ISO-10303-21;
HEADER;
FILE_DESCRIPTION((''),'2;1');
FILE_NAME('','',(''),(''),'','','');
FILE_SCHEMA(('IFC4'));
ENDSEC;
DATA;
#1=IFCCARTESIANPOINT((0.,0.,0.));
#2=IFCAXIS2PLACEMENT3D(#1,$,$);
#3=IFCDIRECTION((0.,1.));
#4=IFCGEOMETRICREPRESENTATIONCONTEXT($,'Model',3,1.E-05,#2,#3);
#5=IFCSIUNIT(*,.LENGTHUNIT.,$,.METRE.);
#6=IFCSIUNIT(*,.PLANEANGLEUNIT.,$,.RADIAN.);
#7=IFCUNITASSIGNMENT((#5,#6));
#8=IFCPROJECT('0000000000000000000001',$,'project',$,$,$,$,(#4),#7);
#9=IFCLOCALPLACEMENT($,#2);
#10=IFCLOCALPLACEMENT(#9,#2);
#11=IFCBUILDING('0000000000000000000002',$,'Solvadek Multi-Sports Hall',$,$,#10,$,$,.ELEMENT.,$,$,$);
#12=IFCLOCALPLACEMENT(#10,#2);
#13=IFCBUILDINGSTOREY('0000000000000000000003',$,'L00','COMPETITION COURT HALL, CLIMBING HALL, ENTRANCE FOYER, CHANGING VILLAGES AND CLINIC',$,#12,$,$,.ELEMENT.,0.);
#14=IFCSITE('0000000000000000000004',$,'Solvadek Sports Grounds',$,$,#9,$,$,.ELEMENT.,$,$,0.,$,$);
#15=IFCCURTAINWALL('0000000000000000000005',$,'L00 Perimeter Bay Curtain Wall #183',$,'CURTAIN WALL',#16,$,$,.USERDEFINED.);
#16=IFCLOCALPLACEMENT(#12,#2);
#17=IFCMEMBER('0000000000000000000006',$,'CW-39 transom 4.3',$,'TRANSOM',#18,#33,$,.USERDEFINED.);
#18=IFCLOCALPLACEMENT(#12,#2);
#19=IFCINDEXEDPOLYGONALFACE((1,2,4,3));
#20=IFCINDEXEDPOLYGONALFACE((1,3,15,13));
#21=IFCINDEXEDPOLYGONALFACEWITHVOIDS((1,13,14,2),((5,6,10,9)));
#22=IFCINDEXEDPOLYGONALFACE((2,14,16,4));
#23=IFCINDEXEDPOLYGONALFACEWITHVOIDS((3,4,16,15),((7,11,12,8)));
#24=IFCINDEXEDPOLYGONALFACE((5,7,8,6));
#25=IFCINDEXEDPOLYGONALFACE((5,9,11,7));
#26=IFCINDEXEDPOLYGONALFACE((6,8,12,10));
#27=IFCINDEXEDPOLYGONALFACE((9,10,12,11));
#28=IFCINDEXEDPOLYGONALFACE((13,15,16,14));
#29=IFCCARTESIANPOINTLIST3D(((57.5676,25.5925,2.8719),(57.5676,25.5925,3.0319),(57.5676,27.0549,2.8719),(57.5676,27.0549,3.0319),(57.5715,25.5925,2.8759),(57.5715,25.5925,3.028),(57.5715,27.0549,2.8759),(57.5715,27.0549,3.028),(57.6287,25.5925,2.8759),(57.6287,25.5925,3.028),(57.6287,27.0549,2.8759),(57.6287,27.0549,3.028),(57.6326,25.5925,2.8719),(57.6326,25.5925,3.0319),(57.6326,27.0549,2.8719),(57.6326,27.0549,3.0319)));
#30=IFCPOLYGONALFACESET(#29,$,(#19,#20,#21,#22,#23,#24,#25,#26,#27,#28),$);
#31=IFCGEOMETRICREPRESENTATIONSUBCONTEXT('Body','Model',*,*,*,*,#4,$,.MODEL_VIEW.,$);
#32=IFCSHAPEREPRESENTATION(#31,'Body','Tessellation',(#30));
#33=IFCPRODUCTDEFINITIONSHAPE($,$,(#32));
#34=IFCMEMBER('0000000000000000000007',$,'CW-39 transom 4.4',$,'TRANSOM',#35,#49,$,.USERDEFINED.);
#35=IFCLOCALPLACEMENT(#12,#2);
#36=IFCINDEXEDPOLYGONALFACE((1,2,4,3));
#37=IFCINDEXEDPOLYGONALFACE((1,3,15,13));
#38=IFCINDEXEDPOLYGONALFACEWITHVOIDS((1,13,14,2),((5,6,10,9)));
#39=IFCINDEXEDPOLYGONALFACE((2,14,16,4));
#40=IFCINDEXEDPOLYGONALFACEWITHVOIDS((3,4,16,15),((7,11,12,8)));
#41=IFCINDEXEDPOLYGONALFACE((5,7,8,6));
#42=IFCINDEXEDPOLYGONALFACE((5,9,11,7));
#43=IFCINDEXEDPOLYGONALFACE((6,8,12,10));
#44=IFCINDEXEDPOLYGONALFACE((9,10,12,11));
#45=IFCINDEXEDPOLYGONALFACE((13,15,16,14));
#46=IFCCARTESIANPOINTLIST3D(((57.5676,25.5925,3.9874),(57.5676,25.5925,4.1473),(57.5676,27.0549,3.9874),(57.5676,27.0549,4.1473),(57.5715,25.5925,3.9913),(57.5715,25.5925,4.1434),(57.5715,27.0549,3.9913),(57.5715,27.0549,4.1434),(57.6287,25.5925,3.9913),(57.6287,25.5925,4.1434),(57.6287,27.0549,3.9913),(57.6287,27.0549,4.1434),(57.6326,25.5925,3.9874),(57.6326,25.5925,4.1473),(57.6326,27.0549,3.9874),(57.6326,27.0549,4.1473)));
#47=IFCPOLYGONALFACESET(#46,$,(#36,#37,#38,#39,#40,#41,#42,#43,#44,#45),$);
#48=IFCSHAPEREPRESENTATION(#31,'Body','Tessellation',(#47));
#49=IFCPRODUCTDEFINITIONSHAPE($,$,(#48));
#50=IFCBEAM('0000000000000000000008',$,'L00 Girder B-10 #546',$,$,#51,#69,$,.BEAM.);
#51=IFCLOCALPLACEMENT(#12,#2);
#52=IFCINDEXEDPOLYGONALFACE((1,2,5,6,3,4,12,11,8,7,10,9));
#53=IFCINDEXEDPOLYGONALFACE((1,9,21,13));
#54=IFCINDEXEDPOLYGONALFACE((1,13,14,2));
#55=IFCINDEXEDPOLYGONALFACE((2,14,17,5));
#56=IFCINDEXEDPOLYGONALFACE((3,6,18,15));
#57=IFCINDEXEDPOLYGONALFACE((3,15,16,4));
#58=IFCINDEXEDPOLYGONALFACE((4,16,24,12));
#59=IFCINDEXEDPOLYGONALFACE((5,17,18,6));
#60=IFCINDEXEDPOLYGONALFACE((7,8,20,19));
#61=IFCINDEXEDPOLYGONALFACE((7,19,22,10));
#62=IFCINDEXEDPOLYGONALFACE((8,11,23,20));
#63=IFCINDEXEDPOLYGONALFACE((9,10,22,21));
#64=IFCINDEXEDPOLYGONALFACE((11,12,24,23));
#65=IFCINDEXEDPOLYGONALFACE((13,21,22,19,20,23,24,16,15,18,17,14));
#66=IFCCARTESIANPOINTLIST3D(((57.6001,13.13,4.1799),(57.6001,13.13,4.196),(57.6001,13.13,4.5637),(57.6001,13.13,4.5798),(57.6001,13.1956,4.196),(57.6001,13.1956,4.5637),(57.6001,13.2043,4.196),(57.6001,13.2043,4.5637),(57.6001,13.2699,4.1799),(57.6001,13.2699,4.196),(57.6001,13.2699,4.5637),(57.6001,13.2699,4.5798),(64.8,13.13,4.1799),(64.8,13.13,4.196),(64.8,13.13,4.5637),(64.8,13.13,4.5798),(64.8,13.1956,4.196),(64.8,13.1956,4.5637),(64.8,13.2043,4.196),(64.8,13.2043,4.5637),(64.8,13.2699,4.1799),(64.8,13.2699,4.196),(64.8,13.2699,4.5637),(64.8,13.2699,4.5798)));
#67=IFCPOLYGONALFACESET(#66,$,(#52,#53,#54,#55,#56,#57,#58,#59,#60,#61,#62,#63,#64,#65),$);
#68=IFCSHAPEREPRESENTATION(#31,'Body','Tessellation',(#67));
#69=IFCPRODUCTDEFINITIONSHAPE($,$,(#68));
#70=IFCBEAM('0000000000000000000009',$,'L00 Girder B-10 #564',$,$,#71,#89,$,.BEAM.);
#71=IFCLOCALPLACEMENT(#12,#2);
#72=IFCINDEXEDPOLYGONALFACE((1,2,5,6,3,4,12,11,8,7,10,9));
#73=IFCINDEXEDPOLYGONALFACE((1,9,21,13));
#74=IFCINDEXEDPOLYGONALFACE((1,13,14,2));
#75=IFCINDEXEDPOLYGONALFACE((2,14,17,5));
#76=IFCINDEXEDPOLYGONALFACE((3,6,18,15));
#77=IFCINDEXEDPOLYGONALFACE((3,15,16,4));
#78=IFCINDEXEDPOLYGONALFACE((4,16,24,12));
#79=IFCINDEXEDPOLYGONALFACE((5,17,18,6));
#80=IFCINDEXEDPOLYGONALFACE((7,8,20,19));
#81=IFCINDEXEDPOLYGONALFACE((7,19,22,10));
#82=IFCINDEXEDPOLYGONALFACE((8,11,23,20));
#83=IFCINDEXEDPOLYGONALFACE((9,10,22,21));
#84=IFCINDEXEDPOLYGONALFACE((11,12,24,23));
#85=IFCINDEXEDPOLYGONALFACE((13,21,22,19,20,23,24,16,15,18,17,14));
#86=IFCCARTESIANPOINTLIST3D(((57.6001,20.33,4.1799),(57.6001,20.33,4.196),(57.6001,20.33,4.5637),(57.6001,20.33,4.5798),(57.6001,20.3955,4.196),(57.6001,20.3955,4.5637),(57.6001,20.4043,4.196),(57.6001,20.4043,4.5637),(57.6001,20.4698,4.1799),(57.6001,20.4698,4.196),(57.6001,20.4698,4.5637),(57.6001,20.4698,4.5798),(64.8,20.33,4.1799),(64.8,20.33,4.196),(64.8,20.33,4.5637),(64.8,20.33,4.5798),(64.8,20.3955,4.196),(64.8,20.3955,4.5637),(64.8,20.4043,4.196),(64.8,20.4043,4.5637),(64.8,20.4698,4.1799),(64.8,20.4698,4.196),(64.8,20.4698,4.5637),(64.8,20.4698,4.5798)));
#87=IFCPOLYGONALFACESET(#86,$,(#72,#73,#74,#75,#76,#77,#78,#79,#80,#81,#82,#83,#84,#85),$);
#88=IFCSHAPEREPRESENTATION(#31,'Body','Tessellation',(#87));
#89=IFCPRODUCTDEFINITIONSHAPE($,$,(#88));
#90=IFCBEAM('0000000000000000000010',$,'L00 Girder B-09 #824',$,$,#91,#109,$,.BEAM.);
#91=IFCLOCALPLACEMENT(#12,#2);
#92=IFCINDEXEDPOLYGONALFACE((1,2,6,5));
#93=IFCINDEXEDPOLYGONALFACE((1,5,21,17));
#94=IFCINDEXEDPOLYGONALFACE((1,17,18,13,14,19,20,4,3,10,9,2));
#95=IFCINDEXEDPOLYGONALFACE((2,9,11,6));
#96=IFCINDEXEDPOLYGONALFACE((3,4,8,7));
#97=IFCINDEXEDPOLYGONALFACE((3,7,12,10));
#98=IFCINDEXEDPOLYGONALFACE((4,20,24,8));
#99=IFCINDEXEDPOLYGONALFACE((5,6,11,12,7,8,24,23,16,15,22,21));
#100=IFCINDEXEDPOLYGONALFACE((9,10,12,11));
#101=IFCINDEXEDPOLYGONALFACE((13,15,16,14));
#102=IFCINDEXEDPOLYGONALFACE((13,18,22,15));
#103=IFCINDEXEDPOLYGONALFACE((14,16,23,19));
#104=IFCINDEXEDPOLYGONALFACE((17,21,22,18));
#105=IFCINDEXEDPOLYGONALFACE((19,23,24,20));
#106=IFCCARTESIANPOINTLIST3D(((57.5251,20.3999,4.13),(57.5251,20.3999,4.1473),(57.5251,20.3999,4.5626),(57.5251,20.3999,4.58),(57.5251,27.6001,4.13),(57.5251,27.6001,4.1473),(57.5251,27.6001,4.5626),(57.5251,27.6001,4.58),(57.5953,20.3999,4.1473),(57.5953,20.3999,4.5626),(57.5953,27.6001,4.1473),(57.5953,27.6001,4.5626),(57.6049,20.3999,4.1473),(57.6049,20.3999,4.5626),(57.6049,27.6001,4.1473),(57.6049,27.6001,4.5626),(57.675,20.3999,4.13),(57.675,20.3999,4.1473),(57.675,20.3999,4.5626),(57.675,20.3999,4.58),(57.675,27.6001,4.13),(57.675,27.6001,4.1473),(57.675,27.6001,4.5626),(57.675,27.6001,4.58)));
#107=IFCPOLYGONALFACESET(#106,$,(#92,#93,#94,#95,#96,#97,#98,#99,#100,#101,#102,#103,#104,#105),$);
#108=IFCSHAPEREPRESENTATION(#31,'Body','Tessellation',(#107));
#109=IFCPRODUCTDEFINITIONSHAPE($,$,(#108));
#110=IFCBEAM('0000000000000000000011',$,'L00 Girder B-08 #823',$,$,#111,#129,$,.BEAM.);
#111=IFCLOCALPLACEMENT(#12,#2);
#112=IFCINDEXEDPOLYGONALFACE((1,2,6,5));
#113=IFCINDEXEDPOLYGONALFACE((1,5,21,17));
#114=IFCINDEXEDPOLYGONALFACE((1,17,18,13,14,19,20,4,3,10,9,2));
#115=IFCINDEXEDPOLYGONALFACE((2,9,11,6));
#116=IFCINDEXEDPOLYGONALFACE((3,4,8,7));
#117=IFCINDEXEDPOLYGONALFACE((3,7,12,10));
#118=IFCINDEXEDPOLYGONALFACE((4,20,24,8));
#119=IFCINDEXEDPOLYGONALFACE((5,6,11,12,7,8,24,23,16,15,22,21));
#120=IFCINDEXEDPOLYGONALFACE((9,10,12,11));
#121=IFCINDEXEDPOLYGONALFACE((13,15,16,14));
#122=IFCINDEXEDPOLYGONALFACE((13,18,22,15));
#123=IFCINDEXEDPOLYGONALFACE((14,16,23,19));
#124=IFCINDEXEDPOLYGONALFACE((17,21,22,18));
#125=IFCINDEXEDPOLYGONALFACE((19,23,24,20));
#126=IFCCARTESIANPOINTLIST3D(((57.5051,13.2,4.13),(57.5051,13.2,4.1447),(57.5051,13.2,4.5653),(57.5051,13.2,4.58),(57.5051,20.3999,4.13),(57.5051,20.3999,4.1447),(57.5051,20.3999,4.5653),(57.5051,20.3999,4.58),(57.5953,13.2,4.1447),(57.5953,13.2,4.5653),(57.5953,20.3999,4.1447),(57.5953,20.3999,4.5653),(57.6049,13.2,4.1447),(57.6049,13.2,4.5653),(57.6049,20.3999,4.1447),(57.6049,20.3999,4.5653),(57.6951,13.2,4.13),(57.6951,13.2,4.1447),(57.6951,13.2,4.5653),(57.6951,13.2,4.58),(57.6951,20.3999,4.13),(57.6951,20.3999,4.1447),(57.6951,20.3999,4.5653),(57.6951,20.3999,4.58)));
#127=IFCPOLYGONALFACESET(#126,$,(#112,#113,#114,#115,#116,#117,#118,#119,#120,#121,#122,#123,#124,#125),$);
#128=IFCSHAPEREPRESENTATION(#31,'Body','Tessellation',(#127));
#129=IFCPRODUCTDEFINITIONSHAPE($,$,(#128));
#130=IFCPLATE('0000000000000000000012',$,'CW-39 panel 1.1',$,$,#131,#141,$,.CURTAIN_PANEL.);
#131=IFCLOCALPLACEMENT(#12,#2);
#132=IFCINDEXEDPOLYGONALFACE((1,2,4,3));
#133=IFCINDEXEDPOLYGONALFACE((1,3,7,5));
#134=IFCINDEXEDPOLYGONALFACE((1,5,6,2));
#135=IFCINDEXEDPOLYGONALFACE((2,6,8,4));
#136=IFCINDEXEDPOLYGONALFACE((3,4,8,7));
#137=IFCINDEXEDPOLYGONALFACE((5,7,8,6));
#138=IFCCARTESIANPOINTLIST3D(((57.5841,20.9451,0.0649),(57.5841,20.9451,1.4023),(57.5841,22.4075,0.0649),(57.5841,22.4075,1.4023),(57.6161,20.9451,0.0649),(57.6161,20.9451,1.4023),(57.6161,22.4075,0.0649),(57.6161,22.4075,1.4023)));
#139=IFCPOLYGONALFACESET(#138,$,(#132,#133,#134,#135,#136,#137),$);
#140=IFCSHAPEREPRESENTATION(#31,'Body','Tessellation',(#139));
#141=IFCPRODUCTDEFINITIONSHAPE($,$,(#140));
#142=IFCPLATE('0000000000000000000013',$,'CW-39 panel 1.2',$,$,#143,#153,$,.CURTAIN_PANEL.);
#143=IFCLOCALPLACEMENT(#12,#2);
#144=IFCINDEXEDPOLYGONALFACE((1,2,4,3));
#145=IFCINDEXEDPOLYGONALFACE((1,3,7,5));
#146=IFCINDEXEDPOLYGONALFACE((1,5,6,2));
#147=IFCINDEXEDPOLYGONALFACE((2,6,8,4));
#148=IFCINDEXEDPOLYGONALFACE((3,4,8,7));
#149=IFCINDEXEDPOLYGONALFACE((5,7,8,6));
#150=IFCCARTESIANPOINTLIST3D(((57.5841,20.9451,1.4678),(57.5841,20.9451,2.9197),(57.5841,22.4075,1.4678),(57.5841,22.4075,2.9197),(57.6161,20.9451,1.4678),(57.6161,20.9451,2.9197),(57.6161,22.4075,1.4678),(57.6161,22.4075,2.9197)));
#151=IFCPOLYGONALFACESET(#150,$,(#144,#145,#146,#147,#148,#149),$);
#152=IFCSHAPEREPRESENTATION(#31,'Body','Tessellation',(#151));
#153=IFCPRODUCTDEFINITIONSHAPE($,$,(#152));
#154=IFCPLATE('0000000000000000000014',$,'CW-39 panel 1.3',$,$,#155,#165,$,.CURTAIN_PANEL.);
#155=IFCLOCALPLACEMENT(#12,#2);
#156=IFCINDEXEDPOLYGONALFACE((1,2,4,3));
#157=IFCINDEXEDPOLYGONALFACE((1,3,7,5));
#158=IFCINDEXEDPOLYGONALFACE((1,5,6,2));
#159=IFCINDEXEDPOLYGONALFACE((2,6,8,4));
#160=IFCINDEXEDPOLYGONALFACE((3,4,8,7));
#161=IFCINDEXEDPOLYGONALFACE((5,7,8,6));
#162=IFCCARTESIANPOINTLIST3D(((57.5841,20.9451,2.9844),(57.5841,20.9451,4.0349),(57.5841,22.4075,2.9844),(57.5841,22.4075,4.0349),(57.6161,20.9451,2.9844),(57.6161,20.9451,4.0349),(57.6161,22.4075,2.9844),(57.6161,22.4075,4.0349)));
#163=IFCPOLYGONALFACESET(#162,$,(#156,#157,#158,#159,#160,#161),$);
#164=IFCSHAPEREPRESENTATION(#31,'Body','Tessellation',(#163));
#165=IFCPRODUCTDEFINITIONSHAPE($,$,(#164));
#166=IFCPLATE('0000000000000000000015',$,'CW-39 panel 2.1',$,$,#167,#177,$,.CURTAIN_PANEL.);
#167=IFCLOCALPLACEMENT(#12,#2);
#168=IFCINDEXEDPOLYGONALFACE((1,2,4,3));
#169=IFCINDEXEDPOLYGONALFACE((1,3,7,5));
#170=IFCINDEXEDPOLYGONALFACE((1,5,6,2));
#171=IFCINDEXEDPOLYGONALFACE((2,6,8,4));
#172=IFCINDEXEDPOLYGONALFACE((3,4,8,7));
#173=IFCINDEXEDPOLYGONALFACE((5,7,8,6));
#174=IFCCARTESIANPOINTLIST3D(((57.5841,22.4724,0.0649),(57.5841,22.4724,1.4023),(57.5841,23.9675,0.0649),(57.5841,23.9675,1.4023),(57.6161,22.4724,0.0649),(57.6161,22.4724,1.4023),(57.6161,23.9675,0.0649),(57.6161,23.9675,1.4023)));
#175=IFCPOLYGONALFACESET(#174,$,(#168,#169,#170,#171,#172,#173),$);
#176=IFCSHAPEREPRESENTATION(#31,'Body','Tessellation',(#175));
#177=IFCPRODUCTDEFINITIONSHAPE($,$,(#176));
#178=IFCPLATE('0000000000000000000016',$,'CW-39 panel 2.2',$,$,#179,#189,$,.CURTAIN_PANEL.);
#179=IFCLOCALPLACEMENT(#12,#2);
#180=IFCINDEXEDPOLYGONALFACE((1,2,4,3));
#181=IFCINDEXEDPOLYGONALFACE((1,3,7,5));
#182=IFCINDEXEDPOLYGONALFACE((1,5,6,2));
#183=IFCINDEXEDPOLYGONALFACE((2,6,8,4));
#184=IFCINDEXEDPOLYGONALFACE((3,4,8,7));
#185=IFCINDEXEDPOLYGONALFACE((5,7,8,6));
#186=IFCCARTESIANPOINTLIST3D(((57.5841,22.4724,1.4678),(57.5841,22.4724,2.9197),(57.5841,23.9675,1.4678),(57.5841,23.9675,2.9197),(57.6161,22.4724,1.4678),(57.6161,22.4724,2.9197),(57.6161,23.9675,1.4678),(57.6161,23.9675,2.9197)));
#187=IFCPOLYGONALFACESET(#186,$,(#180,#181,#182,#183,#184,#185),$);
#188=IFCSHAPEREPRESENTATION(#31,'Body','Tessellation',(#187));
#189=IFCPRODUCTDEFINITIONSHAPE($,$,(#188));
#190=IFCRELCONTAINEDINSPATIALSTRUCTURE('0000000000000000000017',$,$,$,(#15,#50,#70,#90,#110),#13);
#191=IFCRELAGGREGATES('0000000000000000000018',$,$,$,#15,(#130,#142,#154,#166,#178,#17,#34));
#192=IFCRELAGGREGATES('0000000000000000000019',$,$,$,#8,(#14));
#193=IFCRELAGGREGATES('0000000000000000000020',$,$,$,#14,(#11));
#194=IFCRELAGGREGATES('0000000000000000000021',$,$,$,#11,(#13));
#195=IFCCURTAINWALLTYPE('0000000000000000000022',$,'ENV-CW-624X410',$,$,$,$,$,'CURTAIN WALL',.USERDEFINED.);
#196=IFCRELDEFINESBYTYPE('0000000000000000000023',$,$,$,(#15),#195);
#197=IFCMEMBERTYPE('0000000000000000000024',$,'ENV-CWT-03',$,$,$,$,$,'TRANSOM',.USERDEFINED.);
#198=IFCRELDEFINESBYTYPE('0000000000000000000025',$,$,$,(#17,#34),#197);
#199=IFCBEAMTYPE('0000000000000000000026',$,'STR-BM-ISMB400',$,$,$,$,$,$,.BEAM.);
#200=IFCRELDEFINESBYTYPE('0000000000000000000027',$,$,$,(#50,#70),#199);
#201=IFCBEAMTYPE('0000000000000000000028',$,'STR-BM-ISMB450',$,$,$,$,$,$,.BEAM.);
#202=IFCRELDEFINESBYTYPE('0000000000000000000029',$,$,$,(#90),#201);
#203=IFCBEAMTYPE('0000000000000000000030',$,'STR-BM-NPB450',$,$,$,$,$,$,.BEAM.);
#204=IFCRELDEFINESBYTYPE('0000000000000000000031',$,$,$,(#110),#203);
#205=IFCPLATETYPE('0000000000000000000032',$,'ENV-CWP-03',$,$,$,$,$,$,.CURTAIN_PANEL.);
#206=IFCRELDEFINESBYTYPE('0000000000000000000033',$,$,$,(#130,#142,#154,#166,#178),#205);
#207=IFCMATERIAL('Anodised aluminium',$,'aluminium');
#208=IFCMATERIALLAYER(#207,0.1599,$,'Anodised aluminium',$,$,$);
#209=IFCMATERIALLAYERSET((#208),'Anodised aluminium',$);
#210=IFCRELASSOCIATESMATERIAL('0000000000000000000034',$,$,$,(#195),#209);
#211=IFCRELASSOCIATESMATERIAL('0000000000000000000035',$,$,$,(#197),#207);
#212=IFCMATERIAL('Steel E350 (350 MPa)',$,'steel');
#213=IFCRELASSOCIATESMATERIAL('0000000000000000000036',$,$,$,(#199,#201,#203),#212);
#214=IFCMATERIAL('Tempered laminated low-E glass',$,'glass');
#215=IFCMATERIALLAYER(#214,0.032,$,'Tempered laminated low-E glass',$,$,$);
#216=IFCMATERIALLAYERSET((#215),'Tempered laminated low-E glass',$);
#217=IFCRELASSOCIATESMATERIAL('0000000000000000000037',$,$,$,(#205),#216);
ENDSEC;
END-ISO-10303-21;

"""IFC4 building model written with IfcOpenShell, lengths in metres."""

from ifc_helpers import new_model, si_unit, direction, frame, origin, origin_2d, place, context, subcontext, project, spatial, rectangle, hollow_rectangle, i_section, extrude, material, layer, layer_set, material_profile, profile_set, type_object, element, aggregate, save


model = new_model("IFC4")

# Units and contexts
model_context = context("Model", 3, precision=1e-05, world=origin(), true_north=direction((0.0, 1.0)))
body_context = subcontext(model_context, "Body", "Model", "MODEL_VIEW")
ifc_project = project(units=[si_unit("LENGTHUNIT", "METRE"), si_unit("PLANEANGLEUNIT", "RADIAN")], contexts=[model_context])

# Site, building, storey
site_placement = place(None, origin())
site = spatial("IfcSite", under=ifc_project, at=site_placement, Name="Solvadek Sports Grounds", CompositionType="ELEMENT", RefElevation=0.0)
building_placement = place(site_placement, origin())
building = spatial("IfcBuilding", under=site, at=building_placement, Name="Solvadek Multi-Sports Hall", CompositionType="ELEMENT")
storey_placement = place(building_placement, origin())
storey = spatial("IfcBuildingStorey", under=building, at=storey_placement, Name="L00", Description="COMPETITION COURT HALL, CLIMBING HALL, ENTRANCE FOYER, CHANGING VILLAGES AND CLINIC", CompositionType="ELEMENT", Elevation=0.0)

# Shared definitions
ifc_material_1 = material(Name="Steel E350 (350 MPa)", Category="steel")

# Shared definitions
ifc_material_2 = material(Name="Anodised aluminium", Category="aluminium")

# Curtain wall, members
ifc_layer_1 = layer(ifc_material_2, 0.1599, Name="Anodised aluminium")
ifc_layer_set_1 = layer_set([ifc_layer_1], Name="Anodised aluminium")
curtain_wall_type_1 = type_object("IfcCurtainWallType", Name="ENV-CW-624X410", ElementType="CURTAIN WALL", PredefinedType="USERDEFINED", material=ifc_layer_set_1)
curtain_wall_1_placement = place(storey_placement, origin())
curtain_wall_1 = element("IfcCurtainWall", 1, at=curtain_wall_1_placement, inside=storey, type_object=curtain_wall_type_1, Name="L00 Perimeter Bay Curtain Wall #183", ObjectType="CURTAIN WALL", PredefinedType="USERDEFINED")
ifc_material_profile_1 = material_profile(ifc_material_2, hollow_rectangle(XDim=0.0649, YDim=0.1599, WallThickness=0.0039, at=origin_2d()), Name="ALU-T 160x65x4")
ifc_profile_set_1 = profile_set([ifc_material_profile_1], Name="Anodised aluminium")
member_type_1 = type_object("IfcMemberType", Name="ENV-CWT-03", ElementType="TRANSOM", PredefinedType="USERDEFINED", material=ifc_profile_set_1)
member_1_placement = place(storey_placement, frame((57.6001, 25.5925, 2.9519), z_axis=(0.0, 1.0, 0.0), x_axis=(-1.0, 0.0, 0.0)))
member_1 = element("IfcMember", 2, at=member_1_placement, type_object=member_type_1, Name="CW-39 transom 4.3", ObjectType="TRANSOM", PredefinedType="USERDEFINED", context=body_context, shape_type="SweptSolid", body=[
    extrude(hollow_rectangle(XDim=0.0649, YDim=0.1599, WallThickness=0.0039, at=origin_2d()), origin(), (0.0, 0.0, 1.0), 1.4624),
])
member_2_placement = place(storey_placement, frame((57.6001, 25.5925, 4.0674), z_axis=(0.0, 1.0, 0.0), x_axis=(-1.0, 0.0, 0.0)))
member_2 = element("IfcMember", 3, at=member_2_placement, type_object=member_type_1, Name="CW-39 transom 4.4", ObjectType="TRANSOM", PredefinedType="USERDEFINED", context=body_context, shape_type="SweptSolid", body=[
    extrude(hollow_rectangle(XDim=0.0649, YDim=0.1599, WallThickness=0.0039, at=origin_2d()), origin(), (0.0, 0.0, 1.0), 1.4624),
])

# Beams
ifc_material_profile_2 = material_profile(ifc_material_1, i_section(OverallWidth=0.1399, OverallDepth=0.3999, WebThickness=0.0088, FlangeThickness=0.0161, at=origin_2d()), Name="ISMB 400")
ifc_profile_set_2 = profile_set([ifc_material_profile_2], Name="Steel E350 (350 MPa)")
beam_type_1 = type_object("IfcBeamType", Name="STR-BM-ISMB400", PredefinedType="BEAM", material=ifc_profile_set_2)
for number, where, z_axis, x_axis, name in (
    (4, (57.6001, 13.2, 4.3799), (1.0, 0.0, 0.0), (0.0, 1.0, 0.0), "L00 Girder B-10 #546"),
    (5, (57.6001, 20.3999, 4.3799), (1.0, 0.0, 0.0), (0.0, 1.0, 0.0), "L00 Girder B-10 #564"),
):
    element("IfcBeam", number, at=place(storey_placement, frame(where, z_axis=z_axis, x_axis=x_axis)), inside=storey, type_object=beam_type_1, Name=name, PredefinedType="BEAM", context=body_context, shape_type="SweptSolid", body=[
        extrude(i_section(OverallWidth=0.1399, OverallDepth=0.3999, WebThickness=0.0088, FlangeThickness=0.0161, at=origin_2d()), origin(), (0.0, 0.0, 1.0), 7.2),
    ])
ifc_material_profile_3 = material_profile(ifc_material_1, i_section(OverallWidth=0.1499, OverallDepth=0.45, WebThickness=0.0095, FlangeThickness=0.0173, at=origin_2d()), Name="ISMB 450")
ifc_profile_set_3 = profile_set([ifc_material_profile_3], Name="Steel E350 (350 MPa)")
beam_type_2 = type_object("IfcBeamType", Name="STR-BM-ISMB450", PredefinedType="BEAM", material=ifc_profile_set_3)
beam_1_placement = place(storey_placement, frame((57.6001, 20.3999, 4.355), z_axis=(0.0, 1.0, 0.0), x_axis=(-1.0, 0.0, 0.0)))
element("IfcBeam", 6, at=beam_1_placement, inside=storey, type_object=beam_type_2, Name="L00 Girder B-09 #824", PredefinedType="BEAM", context=body_context, shape_type="SweptSolid", body=[
    extrude(i_section(OverallWidth=0.1499, OverallDepth=0.45, WebThickness=0.0095, FlangeThickness=0.0173, at=origin_2d()), origin(), (0.0, 0.0, 1.0), 7.2002),
])
ifc_material_profile_4 = material_profile(ifc_material_1, i_section(OverallWidth=0.1899, OverallDepth=0.45, WebThickness=0.0095, FlangeThickness=0.0146, at=origin_2d()), Name="NPB 450")
ifc_profile_set_4 = profile_set([ifc_material_profile_4], Name="Steel E350 (350 MPa)")
beam_type_3 = type_object("IfcBeamType", Name="STR-BM-NPB450", PredefinedType="BEAM", material=ifc_profile_set_4)
beam_2_placement = place(storey_placement, frame((57.6001, 13.2, 4.355), z_axis=(0.0, 1.0, 0.0), x_axis=(-1.0, 0.0, 0.0)))
element("IfcBeam", 7, at=beam_2_placement, inside=storey, type_object=beam_type_3, Name="L00 Girder B-08 #823", PredefinedType="BEAM", context=body_context, shape_type="SweptSolid", body=[
    extrude(i_section(OverallWidth=0.1899, OverallDepth=0.45, WebThickness=0.0095, FlangeThickness=0.0146, at=origin_2d()), origin(), (0.0, 0.0, 1.0), 7.2),
])

# Plates
ifc_material_3 = material(Name="Tempered laminated low-E glass", Category="glass")
ifc_layer_2 = layer(ifc_material_3, 0.032, Name="Tempered laminated low-E glass")
ifc_layer_set_2 = layer_set([ifc_layer_2], Name="Tempered laminated low-E glass")
plate_type = type_object("IfcPlateType", Name="ENV-CWP-03", PredefinedType="CURTAIN_PANEL", material=ifc_layer_set_2)
plate_1_placement = place(storey_placement, frame((57.6001, 21.6763, 0.0649), z_axis=(0.0, 0.0, 1.0), x_axis=(0.0, 1.0, 0.0)))
plate_1 = element("IfcPlate", 8, at=plate_1_placement, type_object=plate_type, Name="CW-39 panel 1.1", PredefinedType="CURTAIN_PANEL", context=body_context, shape_type="SweptSolid", body=[
    extrude(rectangle(XDim=1.4624, YDim=0.032, at=origin_2d()), origin(), (0.0, 0.0, 1.0), 1.3374),
])
plate_2_placement = place(storey_placement, frame((57.6001, 21.6763, 1.4678), z_axis=(0.0, 0.0, 1.0), x_axis=(0.0, 1.0, 0.0)))
plate_2 = element("IfcPlate", 9, at=plate_2_placement, type_object=plate_type, Name="CW-39 panel 1.2", PredefinedType="CURTAIN_PANEL", context=body_context, shape_type="SweptSolid", body=[
    extrude(rectangle(XDim=1.4624, YDim=0.032, at=origin_2d()), origin(), (0.0, 0.0, 1.0), 1.4519),
])
plate_3_placement = place(storey_placement, frame((57.6001, 21.6763, 2.9844), z_axis=(0.0, 0.0, 1.0), x_axis=(0.0, 1.0, 0.0)))
plate_3 = element("IfcPlate", 10, at=plate_3_placement, type_object=plate_type, Name="CW-39 panel 1.3", PredefinedType="CURTAIN_PANEL", context=body_context, shape_type="SweptSolid", body=[
    extrude(rectangle(XDim=1.4624, YDim=0.032, at=origin_2d()), origin(), (0.0, 0.0, 1.0), 1.0505),
])
plate_4_placement = place(storey_placement, frame((57.6001, 23.22, 0.0649), z_axis=(0.0, 0.0, 1.0), x_axis=(0.0, 1.0, 0.0)))
plate_4 = element("IfcPlate", 11, at=plate_4_placement, type_object=plate_type, Name="CW-39 panel 2.1", PredefinedType="CURTAIN_PANEL", context=body_context, shape_type="SweptSolid", body=[
    extrude(rectangle(XDim=1.4951, YDim=0.032, at=origin_2d()), origin(), (0.0, 0.0, 1.0), 1.3374),
])
plate_5_placement = place(storey_placement, frame((57.6001, 23.22, 1.4678), z_axis=(0.0, 0.0, 1.0), x_axis=(0.0, 1.0, 0.0)))
plate_5 = element("IfcPlate", 12, at=plate_5_placement, type_object=plate_type, Name="CW-39 panel 2.2", PredefinedType="CURTAIN_PANEL", context=body_context, shape_type="SweptSolid", body=[
    extrude(rectangle(XDim=1.4951, YDim=0.032, at=origin_2d()), origin(), (0.0, 0.0, 1.0), 1.4519),
])
aggregate(curtain_wall_1, [plate_1, plate_2, plate_3, plate_4, plate_5, member_1, member_2])

save(model, "model.ifc")
